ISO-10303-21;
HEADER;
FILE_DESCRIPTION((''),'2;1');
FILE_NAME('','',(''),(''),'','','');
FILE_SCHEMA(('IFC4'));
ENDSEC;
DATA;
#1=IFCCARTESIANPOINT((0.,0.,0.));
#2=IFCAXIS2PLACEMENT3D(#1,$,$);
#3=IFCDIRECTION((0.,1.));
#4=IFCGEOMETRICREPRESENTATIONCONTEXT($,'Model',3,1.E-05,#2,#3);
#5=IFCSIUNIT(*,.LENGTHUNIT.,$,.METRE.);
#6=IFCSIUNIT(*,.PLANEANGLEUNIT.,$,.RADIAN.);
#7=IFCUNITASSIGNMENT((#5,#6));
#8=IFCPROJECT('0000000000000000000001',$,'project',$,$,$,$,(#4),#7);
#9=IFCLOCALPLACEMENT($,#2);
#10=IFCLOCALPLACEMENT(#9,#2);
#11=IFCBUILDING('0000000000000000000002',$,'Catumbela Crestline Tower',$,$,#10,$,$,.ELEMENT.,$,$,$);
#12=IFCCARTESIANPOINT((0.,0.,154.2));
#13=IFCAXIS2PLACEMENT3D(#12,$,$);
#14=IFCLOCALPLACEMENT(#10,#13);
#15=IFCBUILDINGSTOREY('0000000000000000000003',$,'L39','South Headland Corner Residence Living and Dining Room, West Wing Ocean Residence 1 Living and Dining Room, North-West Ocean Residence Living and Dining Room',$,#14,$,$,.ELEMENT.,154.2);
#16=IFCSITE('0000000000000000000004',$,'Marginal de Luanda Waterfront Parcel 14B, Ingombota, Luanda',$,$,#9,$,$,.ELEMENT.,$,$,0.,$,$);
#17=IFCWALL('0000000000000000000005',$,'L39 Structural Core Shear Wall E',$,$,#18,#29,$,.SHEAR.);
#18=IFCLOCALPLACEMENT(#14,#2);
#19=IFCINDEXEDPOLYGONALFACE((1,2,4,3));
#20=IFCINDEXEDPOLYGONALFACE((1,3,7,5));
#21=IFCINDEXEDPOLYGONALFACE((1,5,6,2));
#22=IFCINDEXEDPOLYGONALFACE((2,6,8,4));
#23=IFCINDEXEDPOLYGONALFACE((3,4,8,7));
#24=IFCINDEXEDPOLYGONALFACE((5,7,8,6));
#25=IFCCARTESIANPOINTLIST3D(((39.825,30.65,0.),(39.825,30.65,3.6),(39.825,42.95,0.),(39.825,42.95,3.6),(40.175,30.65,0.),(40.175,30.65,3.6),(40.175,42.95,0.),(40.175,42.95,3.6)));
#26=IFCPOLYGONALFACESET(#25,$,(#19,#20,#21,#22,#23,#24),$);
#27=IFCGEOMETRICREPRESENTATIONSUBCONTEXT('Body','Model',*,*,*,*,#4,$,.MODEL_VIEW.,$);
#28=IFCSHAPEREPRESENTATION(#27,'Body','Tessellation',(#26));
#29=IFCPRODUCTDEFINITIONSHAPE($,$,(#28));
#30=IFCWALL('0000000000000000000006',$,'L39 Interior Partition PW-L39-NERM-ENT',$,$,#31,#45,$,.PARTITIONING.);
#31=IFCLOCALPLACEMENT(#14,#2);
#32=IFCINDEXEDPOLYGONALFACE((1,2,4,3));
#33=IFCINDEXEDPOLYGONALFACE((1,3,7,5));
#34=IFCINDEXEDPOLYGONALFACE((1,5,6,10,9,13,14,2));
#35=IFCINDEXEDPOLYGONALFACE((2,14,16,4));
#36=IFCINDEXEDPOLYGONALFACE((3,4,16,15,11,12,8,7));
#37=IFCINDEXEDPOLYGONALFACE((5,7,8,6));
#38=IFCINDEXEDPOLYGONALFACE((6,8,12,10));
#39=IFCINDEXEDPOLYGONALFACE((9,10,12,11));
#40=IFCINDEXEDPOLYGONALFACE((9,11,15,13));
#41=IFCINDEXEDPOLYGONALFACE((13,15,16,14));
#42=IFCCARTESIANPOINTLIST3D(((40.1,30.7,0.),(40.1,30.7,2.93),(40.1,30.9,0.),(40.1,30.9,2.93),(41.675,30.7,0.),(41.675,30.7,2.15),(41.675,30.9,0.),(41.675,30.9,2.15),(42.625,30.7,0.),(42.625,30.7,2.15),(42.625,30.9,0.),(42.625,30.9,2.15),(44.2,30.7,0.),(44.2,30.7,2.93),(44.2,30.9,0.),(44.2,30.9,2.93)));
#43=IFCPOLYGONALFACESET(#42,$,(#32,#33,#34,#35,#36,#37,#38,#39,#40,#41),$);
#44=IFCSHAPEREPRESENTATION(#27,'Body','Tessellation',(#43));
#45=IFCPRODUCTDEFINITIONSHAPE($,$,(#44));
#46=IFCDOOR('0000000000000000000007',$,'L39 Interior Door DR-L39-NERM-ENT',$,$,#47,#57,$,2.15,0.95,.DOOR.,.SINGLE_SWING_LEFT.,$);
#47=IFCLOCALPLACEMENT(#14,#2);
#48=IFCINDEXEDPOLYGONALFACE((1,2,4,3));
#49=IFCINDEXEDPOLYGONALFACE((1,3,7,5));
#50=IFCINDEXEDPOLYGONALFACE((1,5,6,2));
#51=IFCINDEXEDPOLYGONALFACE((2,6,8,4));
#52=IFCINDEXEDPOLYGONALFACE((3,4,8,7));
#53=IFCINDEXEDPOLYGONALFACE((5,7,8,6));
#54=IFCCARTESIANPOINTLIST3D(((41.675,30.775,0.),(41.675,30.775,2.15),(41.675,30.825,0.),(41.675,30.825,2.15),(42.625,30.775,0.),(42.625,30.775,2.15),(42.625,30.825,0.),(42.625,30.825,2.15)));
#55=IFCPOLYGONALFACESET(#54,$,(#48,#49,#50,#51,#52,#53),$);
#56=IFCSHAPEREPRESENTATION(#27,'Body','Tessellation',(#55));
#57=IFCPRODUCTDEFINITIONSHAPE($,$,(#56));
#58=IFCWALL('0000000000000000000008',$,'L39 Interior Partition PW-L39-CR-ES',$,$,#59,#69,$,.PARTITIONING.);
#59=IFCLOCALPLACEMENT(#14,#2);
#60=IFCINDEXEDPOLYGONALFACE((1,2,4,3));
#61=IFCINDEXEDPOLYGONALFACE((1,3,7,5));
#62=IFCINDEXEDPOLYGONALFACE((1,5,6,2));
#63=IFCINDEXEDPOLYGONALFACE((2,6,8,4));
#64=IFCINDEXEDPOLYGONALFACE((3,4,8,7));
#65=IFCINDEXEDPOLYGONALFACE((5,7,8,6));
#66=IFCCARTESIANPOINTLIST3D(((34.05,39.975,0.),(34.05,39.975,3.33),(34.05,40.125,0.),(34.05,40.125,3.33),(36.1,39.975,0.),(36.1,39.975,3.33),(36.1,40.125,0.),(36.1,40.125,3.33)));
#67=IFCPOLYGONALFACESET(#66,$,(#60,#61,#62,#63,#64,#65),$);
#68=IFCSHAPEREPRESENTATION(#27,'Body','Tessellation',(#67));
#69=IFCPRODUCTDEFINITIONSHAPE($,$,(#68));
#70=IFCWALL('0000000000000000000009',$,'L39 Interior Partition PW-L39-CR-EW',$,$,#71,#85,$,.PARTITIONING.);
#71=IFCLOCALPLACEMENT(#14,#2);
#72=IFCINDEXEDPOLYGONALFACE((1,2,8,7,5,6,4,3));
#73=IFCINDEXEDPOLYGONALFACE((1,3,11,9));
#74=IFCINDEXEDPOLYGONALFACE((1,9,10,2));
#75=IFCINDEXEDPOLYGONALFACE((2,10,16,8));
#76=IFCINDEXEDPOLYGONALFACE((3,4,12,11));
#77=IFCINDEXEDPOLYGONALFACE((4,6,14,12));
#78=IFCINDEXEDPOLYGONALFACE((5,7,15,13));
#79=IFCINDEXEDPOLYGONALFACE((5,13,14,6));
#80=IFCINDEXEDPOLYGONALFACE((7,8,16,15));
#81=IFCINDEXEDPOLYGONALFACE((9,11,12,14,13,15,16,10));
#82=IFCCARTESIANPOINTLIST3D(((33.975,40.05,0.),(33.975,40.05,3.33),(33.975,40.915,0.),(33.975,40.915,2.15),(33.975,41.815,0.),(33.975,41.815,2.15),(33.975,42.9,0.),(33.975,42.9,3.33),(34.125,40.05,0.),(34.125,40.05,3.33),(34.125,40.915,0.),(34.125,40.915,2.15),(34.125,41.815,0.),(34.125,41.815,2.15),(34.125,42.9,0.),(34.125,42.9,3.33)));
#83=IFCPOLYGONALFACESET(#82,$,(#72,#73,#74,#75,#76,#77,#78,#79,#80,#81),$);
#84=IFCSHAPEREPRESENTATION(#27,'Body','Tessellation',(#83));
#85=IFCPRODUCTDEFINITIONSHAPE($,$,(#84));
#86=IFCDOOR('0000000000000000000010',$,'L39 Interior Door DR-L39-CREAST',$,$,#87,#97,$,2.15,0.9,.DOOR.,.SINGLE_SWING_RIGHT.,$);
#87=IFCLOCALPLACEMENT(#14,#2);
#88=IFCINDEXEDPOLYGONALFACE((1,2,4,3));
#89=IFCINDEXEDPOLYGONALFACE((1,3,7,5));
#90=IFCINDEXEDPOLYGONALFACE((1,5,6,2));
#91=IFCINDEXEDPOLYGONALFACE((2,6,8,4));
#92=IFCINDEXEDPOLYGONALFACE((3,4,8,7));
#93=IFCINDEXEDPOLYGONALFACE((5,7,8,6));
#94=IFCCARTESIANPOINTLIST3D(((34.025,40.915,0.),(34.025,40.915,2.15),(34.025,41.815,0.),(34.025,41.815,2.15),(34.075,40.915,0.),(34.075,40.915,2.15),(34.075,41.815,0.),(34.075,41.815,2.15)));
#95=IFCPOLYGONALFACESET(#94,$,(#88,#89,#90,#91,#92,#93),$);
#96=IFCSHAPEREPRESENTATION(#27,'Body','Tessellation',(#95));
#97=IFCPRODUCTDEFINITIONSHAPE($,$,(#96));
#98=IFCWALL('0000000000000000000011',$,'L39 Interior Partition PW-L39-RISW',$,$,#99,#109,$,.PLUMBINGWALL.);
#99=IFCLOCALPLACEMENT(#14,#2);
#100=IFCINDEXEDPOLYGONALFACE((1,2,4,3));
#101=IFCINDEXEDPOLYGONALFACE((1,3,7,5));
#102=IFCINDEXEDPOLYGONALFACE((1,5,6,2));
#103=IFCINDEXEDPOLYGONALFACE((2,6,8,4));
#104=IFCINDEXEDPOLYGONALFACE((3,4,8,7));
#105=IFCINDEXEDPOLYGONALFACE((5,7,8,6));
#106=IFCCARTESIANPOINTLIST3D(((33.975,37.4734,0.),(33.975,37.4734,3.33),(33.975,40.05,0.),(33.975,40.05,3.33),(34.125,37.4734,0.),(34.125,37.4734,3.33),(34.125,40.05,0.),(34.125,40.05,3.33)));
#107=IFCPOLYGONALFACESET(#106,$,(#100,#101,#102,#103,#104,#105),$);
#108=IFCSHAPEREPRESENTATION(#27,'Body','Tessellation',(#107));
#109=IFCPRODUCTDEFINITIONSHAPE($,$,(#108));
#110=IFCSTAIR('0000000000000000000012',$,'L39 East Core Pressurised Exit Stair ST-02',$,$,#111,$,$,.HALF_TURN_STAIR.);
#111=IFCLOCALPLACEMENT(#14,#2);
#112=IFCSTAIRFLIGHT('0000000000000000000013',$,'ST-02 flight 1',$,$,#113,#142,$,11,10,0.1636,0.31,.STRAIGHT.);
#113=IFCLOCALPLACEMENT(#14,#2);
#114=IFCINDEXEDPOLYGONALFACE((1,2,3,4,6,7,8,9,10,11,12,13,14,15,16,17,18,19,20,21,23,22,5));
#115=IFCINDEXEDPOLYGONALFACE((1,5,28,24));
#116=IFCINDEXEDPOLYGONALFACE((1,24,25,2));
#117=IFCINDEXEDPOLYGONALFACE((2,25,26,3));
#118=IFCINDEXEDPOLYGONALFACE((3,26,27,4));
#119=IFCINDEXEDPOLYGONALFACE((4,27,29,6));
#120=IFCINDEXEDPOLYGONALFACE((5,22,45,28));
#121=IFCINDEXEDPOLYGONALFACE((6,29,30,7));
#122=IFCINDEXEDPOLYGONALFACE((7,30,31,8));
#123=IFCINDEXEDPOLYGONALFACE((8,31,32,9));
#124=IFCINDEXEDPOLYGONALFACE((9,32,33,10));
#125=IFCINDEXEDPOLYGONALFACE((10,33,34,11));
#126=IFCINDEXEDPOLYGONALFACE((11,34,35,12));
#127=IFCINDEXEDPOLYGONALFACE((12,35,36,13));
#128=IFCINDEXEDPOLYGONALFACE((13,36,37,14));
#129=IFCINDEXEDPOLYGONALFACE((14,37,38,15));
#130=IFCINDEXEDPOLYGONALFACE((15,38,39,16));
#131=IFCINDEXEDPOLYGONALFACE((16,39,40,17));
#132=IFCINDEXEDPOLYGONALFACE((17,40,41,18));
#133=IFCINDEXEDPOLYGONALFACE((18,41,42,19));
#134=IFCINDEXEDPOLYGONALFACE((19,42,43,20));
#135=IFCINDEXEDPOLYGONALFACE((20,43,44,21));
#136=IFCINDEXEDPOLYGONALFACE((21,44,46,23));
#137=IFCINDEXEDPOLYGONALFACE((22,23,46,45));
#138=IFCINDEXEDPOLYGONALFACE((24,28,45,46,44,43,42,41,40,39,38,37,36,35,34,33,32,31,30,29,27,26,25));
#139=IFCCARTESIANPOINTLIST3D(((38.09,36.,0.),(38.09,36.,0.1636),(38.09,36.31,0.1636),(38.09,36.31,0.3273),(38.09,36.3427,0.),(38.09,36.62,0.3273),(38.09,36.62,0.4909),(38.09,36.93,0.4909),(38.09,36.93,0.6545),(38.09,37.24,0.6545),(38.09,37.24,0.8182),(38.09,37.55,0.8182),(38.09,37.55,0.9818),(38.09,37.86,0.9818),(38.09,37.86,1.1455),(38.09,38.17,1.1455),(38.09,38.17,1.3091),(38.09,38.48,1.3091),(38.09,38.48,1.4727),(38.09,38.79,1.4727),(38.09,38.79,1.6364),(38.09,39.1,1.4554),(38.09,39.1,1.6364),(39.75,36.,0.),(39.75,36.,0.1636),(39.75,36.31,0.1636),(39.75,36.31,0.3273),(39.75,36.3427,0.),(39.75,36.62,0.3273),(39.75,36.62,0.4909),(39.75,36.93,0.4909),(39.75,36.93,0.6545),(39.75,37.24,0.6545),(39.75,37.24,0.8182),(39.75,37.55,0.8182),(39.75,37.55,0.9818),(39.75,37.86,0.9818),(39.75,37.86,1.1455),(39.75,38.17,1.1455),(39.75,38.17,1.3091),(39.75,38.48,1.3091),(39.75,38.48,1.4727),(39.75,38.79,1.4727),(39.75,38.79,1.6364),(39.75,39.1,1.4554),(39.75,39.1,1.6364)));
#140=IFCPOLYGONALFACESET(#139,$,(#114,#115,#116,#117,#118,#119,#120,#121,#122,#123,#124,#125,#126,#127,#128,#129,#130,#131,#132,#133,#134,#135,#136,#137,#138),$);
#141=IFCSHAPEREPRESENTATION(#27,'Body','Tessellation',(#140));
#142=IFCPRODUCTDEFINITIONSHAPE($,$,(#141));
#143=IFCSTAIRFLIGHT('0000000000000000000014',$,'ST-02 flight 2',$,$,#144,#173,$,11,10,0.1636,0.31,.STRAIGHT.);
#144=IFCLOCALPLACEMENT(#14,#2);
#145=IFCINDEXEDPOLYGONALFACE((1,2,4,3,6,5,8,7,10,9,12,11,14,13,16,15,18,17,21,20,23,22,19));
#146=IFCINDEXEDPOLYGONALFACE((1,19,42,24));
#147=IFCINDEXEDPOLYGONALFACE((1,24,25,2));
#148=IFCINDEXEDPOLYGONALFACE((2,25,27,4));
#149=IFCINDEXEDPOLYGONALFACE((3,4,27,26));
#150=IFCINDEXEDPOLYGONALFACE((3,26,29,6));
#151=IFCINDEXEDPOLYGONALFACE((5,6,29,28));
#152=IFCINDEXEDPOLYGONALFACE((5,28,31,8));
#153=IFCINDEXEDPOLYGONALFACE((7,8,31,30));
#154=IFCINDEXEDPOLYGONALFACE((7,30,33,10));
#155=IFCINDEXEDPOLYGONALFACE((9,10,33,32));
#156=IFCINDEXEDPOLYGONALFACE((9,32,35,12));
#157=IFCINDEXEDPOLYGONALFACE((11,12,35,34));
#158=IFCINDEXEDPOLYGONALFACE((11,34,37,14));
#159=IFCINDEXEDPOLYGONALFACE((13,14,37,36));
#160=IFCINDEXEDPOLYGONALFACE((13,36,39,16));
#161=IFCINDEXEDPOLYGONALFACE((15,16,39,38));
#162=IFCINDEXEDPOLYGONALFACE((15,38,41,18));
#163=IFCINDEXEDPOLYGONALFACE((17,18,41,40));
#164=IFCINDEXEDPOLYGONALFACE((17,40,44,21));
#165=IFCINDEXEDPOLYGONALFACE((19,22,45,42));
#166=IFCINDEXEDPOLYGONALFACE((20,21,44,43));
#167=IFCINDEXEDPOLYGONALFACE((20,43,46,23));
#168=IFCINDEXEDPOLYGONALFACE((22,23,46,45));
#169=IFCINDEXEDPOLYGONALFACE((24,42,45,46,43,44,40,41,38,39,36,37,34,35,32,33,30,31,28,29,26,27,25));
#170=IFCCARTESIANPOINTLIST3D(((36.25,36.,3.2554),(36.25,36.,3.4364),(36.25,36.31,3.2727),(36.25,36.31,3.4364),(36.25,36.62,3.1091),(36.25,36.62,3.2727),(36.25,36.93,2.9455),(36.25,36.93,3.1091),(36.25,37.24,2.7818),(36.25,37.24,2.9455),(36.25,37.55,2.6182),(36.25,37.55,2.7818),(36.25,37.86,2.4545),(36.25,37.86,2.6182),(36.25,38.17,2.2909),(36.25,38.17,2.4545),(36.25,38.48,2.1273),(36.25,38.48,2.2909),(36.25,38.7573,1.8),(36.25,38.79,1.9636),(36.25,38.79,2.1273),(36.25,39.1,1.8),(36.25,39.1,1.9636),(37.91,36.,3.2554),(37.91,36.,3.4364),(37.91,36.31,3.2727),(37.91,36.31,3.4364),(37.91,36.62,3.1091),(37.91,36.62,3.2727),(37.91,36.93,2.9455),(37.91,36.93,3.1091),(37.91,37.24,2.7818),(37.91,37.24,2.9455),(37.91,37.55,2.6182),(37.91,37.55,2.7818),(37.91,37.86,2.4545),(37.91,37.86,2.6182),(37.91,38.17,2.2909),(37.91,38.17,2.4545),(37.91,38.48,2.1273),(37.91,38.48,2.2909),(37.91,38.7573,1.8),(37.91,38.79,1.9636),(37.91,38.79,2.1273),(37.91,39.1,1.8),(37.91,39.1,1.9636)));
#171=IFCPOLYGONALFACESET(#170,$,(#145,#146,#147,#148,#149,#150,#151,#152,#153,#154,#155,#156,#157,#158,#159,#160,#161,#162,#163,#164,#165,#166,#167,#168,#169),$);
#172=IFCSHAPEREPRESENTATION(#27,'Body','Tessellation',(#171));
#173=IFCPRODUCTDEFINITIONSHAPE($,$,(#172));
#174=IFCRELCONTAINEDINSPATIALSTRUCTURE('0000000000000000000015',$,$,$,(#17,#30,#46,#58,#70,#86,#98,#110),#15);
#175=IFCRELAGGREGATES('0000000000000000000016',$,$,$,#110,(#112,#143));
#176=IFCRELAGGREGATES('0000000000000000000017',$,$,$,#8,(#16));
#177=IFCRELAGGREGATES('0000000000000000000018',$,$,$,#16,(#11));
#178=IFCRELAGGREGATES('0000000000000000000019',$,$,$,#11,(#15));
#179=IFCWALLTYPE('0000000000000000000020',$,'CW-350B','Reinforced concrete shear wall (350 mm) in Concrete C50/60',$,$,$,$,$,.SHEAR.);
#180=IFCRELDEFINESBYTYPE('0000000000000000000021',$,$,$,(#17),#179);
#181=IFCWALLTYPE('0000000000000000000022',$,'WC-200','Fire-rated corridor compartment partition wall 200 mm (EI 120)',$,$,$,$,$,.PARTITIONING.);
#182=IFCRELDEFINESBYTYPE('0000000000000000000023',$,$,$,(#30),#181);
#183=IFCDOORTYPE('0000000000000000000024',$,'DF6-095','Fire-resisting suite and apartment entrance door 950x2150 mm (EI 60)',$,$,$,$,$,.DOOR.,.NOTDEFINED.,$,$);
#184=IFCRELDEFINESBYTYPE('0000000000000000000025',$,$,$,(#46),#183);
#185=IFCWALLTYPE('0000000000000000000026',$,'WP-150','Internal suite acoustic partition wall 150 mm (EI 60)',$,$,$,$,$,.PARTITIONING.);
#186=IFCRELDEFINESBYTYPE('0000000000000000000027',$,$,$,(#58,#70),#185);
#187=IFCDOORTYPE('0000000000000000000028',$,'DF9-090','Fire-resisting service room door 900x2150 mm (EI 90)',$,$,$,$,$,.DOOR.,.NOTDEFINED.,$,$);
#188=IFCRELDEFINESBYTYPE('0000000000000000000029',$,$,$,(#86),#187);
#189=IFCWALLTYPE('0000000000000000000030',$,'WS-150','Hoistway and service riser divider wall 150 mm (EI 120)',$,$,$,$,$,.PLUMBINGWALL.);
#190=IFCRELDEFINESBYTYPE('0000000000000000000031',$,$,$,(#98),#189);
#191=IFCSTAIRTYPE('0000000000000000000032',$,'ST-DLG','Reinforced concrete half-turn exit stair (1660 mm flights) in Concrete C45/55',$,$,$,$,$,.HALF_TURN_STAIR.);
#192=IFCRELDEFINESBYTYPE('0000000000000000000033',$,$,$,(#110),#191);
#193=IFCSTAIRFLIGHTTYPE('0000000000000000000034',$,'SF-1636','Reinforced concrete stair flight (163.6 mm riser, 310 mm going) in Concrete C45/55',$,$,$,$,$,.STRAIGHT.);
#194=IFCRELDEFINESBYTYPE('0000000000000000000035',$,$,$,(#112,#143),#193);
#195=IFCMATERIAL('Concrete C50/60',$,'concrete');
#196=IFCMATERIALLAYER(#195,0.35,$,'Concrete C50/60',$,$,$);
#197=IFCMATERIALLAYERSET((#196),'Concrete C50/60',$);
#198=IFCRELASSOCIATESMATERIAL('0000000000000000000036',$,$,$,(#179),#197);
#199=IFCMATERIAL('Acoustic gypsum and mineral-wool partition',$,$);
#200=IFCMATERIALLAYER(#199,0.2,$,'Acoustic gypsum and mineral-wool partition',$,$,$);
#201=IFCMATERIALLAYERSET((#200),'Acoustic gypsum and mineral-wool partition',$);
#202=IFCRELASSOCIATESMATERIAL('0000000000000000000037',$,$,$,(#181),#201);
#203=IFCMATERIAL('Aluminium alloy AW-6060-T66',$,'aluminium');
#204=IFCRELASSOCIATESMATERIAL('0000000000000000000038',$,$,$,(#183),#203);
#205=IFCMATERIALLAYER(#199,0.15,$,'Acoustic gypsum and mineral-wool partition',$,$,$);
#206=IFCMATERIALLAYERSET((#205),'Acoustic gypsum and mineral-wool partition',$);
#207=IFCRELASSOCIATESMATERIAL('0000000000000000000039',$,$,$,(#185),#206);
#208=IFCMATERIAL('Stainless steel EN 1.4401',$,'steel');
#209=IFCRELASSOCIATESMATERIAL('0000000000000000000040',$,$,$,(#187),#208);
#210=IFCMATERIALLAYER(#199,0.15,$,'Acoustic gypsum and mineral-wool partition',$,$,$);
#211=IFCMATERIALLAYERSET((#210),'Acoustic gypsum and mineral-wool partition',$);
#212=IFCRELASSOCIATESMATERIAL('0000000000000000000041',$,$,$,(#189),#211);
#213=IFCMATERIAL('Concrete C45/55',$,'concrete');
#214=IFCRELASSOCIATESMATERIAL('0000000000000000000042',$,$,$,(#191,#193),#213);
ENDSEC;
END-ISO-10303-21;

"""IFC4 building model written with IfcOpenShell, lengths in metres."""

from ifc_helpers import new_model, si_unit, direction, frame, frame_2d, origin, place, context, subcontext, project, spatial, polyline, rectangle, outline, extrude, material, layer, layer_set, type_object, element, fill, aggregate, save


model = new_model("IFC4")

# Units and contexts
model_context = context("Model", 3, precision=1e-05, world=origin(), true_north=direction((0.0, 1.0)))
body_context = subcontext(model_context, "Body", "Model", "MODEL_VIEW")
ifc_project = project(units=[si_unit("LENGTHUNIT", "METRE"), si_unit("PLANEANGLEUNIT", "RADIAN")], contexts=[model_context])

# Site, building, storey
site_placement = place(None, origin())
site = spatial("IfcSite", under=ifc_project, at=site_placement, Name="Marginal de Luanda Waterfront Parcel 14B, Ingombota, Luanda", CompositionType="ELEMENT", RefElevation=0.0)
building_placement = place(site_placement, origin())
building = spatial("IfcBuilding", under=site, at=building_placement, Name="Catumbela Crestline Tower", CompositionType="ELEMENT")
storey_placement = place(building_placement, frame((0.0, 0.0, 154.2)))
storey = spatial("IfcBuildingStorey", under=building, at=storey_placement, Name="L39", Description="South Headland Corner Residence Living and Dining Room, West Wing Ocean Residence 1 Living and Dining Room, North-West Ocean Residence Living and Dining Room", CompositionType="ELEMENT", Elevation=154.2)

# Shared definitions
ifc_material_1 = material(Name="Aluminium alloy AW-6060-T66", Category="aluminium")

# Shared definitions
ifc_material_2 = material(Name="Concrete C50/60", Category="concrete")

# Shared definitions
ifc_material_3 = material(Name="Stainless steel EN 1.4401", Category="steel")

# Wall
ifc_layer_1 = layer(ifc_material_2, 0.35, Name="Concrete C50/60")
ifc_layer_set_1 = layer_set([ifc_layer_1], Name="Concrete C50/60")
wall_type_1 = type_object("IfcWallType", Name="CW-350B", Description="Reinforced concrete shear wall (350 mm) in Concrete C50/60", PredefinedType="SHEAR", material=ifc_layer_set_1)
wall_1_placement = place(storey_placement, frame((40.0, 30.65, 0.0), z_axis=(0.0, 0.0, 1.0), x_axis=(0.0, 1.0, 0.0)))
element("IfcWall", 1, at=wall_1_placement, inside=storey, type_object=wall_type_1, Name="L39 Structural Core Shear Wall E", PredefinedType="SHEAR", context=body_context, shape_type="SweptSolid", body=[
    extrude(rectangle(XDim=12.3, YDim=0.35, at=frame_2d((6.15, 0.0))), origin(), (0.0, 0.0, 1.0), 3.6),
])

# Wall, opening, door
ifc_material_4 = material(Name="Acoustic gypsum and mineral-wool partition")
ifc_layer_2 = layer(ifc_material_4, 0.2, Name="Acoustic gypsum and mineral-wool partition")
ifc_layer_set_2 = layer_set([ifc_layer_2], Name="Acoustic gypsum and mineral-wool partition")
wall_type_2 = type_object("IfcWallType", Name="WC-200", Description="Fire-rated corridor compartment partition wall 200 mm (EI 120)", PredefinedType="PARTITIONING", material=ifc_layer_set_2)
wall_2_placement = place(storey_placement, frame((40.1, 30.8, 0.0), z_axis=(0.0, 0.0, 1.0), x_axis=(1.0, 0.0, 0.0)))
wall_2 = element("IfcWall", 2, at=wall_2_placement, inside=storey, type_object=wall_type_2, Name="L39 Interior Partition PW-L39-NERM-ENT", PredefinedType="PARTITIONING", context=body_context, shape_type="SweptSolid", body=[
    extrude(rectangle(XDim=4.1, YDim=0.2, at=frame_2d((2.05, 0.0))), origin(), (0.0, 0.0, 1.0), 2.93),
])
opening_1_placement = place(wall_2_placement, frame((1.575, 0.0, 0.0)))
opening_1 = element("IfcOpeningElement", 3, at=opening_1_placement, cuts=wall_2, PredefinedType="OPENING", context=body_context, shape_type="SweptSolid", body=[
    extrude(rectangle(XDim=0.95, YDim=2.15, at=frame_2d((0.475, 1.075))), frame((0.0, 0.11, 0.0), z_axis=(0.0, -1.0, 0.0), x_axis=(1.0, 0.0, 0.0)), (0.0, 0.0, 1.0), 0.22),
])
door_type_1 = type_object("IfcDoorType", Name="DF6-095", Description="Fire-resisting suite and apartment entrance door 950x2150 mm (EI 60)", OperationType="NOTDEFINED", PredefinedType="DOOR", material=ifc_material_1)
door_1_placement = place(opening_1_placement, origin())
door_1 = element("IfcDoor", 4, at=door_1_placement, inside=storey, type_object=door_type_1, Name="L39 Interior Door DR-L39-NERM-ENT", OperationType="SINGLE_SWING_LEFT", OverallHeight=2.15, OverallWidth=0.95, PredefinedType="DOOR", context=body_context, shape_type="SweptSolid", body=[
    extrude(rectangle(XDim=0.95, YDim=2.15, at=frame_2d((0.475, 1.075))), frame((0.0, 0.025, 0.0), z_axis=(0.0, -1.0, 0.0), x_axis=(1.0, 0.0, 0.0)), (0.0, 0.0, 1.0), 0.05),
])
fill(opening_1, door_1)

# Wall
ifc_layer_3 = layer(ifc_material_4, 0.15, Name="Acoustic gypsum and mineral-wool partition")
ifc_layer_set_3 = layer_set([ifc_layer_3], Name="Acoustic gypsum and mineral-wool partition")
wall_type_3 = type_object("IfcWallType", Name="WP-150", Description="Internal suite acoustic partition wall 150 mm (EI 60)", PredefinedType="PARTITIONING", material=ifc_layer_set_3)
wall_3_placement = place(storey_placement, frame((34.05, 40.05, 0.0), z_axis=(0.0, 0.0, 1.0), x_axis=(1.0, 0.0, 0.0)))
element("IfcWall", 5, at=wall_3_placement, inside=storey, type_object=wall_type_3, Name="L39 Interior Partition PW-L39-CR-ES", PredefinedType="PARTITIONING", context=body_context, shape_type="SweptSolid", body=[
    extrude(rectangle(XDim=2.05, YDim=0.15, at=frame_2d((1.025, 0.0))), origin(), (0.0, 0.0, 1.0), 3.33),
])

# Wall, opening, door
wall_4_placement = place(storey_placement, frame((34.05, 40.05, 0.0), z_axis=(0.0, 0.0, 1.0), x_axis=(0.0, 1.0, 0.0)))
wall_4 = element("IfcWall", 6, at=wall_4_placement, inside=storey, type_object=wall_type_3, Name="L39 Interior Partition PW-L39-CR-EW", PredefinedType="PARTITIONING", context=body_context, shape_type="SweptSolid", body=[
    extrude(rectangle(XDim=2.85, YDim=0.15, at=frame_2d((1.425, 0.0))), origin(), (0.0, 0.0, 1.0), 3.33),
])
opening_2_placement = place(wall_4_placement, frame((0.865, 0.0, 0.0)))
opening_2 = element("IfcOpeningElement", 7, at=opening_2_placement, cuts=wall_4, PredefinedType="OPENING", context=body_context, shape_type="SweptSolid", body=[
    extrude(rectangle(XDim=0.9, YDim=2.15, at=frame_2d((0.45, 1.075))), frame((0.0, 0.085, 0.0), z_axis=(0.0, -1.0, 0.0), x_axis=(1.0, 0.0, 0.0)), (0.0, 0.0, 1.0), 0.17),
])
door_type_2 = type_object("IfcDoorType", Name="DF9-090", Description="Fire-resisting service room door 900x2150 mm (EI 90)", OperationType="NOTDEFINED", PredefinedType="DOOR", material=ifc_material_3)
door_2_placement = place(opening_2_placement, origin())
door_2 = element("IfcDoor", 8, at=door_2_placement, inside=storey, type_object=door_type_2, Name="L39 Interior Door DR-L39-CREAST", OperationType="SINGLE_SWING_RIGHT", OverallHeight=2.15, OverallWidth=0.9, PredefinedType="DOOR", context=body_context, shape_type="SweptSolid", body=[
    extrude(rectangle(XDim=0.9, YDim=2.15, at=frame_2d((0.45, 1.075))), frame((0.0, 0.025, 0.0), z_axis=(0.0, -1.0, 0.0), x_axis=(1.0, 0.0, 0.0)), (0.0, 0.0, 1.0), 0.05),
])
fill(opening_2, door_2)

# Wall
ifc_layer_4 = layer(ifc_material_4, 0.15, Name="Acoustic gypsum and mineral-wool partition")
ifc_layer_set_4 = layer_set([ifc_layer_4], Name="Acoustic gypsum and mineral-wool partition")
wall_type_4 = type_object("IfcWallType", Name="WS-150", Description="Hoistway and service riser divider wall 150 mm (EI 120)", PredefinedType="PLUMBINGWALL", material=ifc_layer_set_4)
wall_5_placement = place(storey_placement, frame((34.05, 37.4734, 0.0), z_axis=(0.0, 0.0, 1.0), x_axis=(0.0, 1.0, 0.0)))
element("IfcWall", 9, at=wall_5_placement, inside=storey, type_object=wall_type_4, Name="L39 Interior Partition PW-L39-RISW", PredefinedType="PLUMBINGWALL", context=body_context, shape_type="SweptSolid", body=[
    extrude(rectangle(XDim=2.5766, YDim=0.15, at=frame_2d((1.2883, 0.0))), origin(), (0.0, 0.0, 1.0), 3.33),
])

# Stair, stair flights
ifc_material_5 = material(Name="Concrete C45/55", Category="concrete")
stair_type = type_object("IfcStairType", Name="ST-DLG", Description="Reinforced concrete half-turn exit stair (1660 mm flights) in Concrete C45/55", PredefinedType="HALF_TURN_STAIR", material=ifc_material_5)
stair_placement = place(storey_placement, origin())
stair = element("IfcStair", 10, at=stair_placement, inside=storey, type_object=stair_type, Name="L39 East Core Pressurised Exit Stair ST-02", PredefinedType="HALF_TURN_STAIR")
stair_flight_type = type_object("IfcStairFlightType", Name="SF-1636", Description="Reinforced concrete stair flight (163.6 mm riser, 310 mm going) in Concrete C45/55", PredefinedType="STRAIGHT", material=ifc_material_5)
stair_flight_1_placement = place(storey_placement, frame((38.92, 36.0, 0.0), z_axis=(0.0, 0.0, 1.0), x_axis=(0.0, 1.0, 0.0)))
stair_flight_1 = element("IfcStairFlight", 11, at=stair_flight_1_placement, type_object=stair_flight_type, Name="ST-02 flight 1", NumberOfRisers=11, NumberOfTreads=10, PredefinedType="STRAIGHT", RiserHeight=0.1636, TreadLength=0.31, context=body_context, shape_type="SweptSolid", body=[
    extrude(outline(polyline([(0.0, 0.0), (0.0, 0.1636), (0.31, 0.1636), (0.31, 0.3273), (0.62, 0.3273), (0.62, 0.4909), (0.93, 0.4909), (0.93, 0.6545), (1.24, 0.6545), (1.24, 0.8182), (1.55, 0.8182), (1.55, 0.9818), (1.86, 0.9818), (1.86, 1.1455), (2.17, 1.1455), (2.17, 1.3091), (2.48, 1.3091), (2.48, 1.4727), (2.79, 1.4727), (2.79, 1.6364), (3.1, 1.6364), (3.1, 1.8), (3.1, 1.4554), (0.3427, 0.0), (0.0, 0.0)])), frame((0.0, 0.83, 0.0), z_axis=(0.0, -1.0, 0.0), x_axis=(1.0, 0.0, 0.0)), (0.0, 0.0, 1.0), 1.66),
])
stair_flight_2_placement = place(storey_placement, frame((37.08, 39.1, 1.8), z_axis=(0.0, 0.0, 1.0), x_axis=(0.0, -1.0, 0.0)))
stair_flight_2 = element("IfcStairFlight", 12, at=stair_flight_2_placement, type_object=stair_flight_type, Name="ST-02 flight 2", NumberOfRisers=11, NumberOfTreads=10, PredefinedType="STRAIGHT", RiserHeight=0.1636, TreadLength=0.31, context=body_context, shape_type="SweptSolid", body=[
    extrude(outline(polyline([(0.0, 0.0), (0.0, 0.1636), (0.31, 0.1636), (0.31, 0.3273), (0.62, 0.3273), (0.62, 0.4909), (0.93, 0.4909), (0.93, 0.6545), (1.24, 0.6545), (1.24, 0.8182), (1.55, 0.8182), (1.55, 0.9818), (1.86, 0.9818), (1.86, 1.1455), (2.17, 1.1455), (2.17, 1.3091), (2.48, 1.3091), (2.48, 1.4727), (2.79, 1.4727), (2.79, 1.6364), (3.1, 1.6364), (3.1, 1.8), (3.1, 1.4554), (0.3427, 0.0), (0.0, 0.0)])), frame((0.0, 0.83, 0.0), z_axis=(0.0, -1.0, 0.0), x_axis=(1.0, 0.0, 0.0)), (0.0, 0.0, 1.0), 1.66),
])
aggregate(stair, [stair_flight_1, stair_flight_2])

save(model, "model.ifc")
